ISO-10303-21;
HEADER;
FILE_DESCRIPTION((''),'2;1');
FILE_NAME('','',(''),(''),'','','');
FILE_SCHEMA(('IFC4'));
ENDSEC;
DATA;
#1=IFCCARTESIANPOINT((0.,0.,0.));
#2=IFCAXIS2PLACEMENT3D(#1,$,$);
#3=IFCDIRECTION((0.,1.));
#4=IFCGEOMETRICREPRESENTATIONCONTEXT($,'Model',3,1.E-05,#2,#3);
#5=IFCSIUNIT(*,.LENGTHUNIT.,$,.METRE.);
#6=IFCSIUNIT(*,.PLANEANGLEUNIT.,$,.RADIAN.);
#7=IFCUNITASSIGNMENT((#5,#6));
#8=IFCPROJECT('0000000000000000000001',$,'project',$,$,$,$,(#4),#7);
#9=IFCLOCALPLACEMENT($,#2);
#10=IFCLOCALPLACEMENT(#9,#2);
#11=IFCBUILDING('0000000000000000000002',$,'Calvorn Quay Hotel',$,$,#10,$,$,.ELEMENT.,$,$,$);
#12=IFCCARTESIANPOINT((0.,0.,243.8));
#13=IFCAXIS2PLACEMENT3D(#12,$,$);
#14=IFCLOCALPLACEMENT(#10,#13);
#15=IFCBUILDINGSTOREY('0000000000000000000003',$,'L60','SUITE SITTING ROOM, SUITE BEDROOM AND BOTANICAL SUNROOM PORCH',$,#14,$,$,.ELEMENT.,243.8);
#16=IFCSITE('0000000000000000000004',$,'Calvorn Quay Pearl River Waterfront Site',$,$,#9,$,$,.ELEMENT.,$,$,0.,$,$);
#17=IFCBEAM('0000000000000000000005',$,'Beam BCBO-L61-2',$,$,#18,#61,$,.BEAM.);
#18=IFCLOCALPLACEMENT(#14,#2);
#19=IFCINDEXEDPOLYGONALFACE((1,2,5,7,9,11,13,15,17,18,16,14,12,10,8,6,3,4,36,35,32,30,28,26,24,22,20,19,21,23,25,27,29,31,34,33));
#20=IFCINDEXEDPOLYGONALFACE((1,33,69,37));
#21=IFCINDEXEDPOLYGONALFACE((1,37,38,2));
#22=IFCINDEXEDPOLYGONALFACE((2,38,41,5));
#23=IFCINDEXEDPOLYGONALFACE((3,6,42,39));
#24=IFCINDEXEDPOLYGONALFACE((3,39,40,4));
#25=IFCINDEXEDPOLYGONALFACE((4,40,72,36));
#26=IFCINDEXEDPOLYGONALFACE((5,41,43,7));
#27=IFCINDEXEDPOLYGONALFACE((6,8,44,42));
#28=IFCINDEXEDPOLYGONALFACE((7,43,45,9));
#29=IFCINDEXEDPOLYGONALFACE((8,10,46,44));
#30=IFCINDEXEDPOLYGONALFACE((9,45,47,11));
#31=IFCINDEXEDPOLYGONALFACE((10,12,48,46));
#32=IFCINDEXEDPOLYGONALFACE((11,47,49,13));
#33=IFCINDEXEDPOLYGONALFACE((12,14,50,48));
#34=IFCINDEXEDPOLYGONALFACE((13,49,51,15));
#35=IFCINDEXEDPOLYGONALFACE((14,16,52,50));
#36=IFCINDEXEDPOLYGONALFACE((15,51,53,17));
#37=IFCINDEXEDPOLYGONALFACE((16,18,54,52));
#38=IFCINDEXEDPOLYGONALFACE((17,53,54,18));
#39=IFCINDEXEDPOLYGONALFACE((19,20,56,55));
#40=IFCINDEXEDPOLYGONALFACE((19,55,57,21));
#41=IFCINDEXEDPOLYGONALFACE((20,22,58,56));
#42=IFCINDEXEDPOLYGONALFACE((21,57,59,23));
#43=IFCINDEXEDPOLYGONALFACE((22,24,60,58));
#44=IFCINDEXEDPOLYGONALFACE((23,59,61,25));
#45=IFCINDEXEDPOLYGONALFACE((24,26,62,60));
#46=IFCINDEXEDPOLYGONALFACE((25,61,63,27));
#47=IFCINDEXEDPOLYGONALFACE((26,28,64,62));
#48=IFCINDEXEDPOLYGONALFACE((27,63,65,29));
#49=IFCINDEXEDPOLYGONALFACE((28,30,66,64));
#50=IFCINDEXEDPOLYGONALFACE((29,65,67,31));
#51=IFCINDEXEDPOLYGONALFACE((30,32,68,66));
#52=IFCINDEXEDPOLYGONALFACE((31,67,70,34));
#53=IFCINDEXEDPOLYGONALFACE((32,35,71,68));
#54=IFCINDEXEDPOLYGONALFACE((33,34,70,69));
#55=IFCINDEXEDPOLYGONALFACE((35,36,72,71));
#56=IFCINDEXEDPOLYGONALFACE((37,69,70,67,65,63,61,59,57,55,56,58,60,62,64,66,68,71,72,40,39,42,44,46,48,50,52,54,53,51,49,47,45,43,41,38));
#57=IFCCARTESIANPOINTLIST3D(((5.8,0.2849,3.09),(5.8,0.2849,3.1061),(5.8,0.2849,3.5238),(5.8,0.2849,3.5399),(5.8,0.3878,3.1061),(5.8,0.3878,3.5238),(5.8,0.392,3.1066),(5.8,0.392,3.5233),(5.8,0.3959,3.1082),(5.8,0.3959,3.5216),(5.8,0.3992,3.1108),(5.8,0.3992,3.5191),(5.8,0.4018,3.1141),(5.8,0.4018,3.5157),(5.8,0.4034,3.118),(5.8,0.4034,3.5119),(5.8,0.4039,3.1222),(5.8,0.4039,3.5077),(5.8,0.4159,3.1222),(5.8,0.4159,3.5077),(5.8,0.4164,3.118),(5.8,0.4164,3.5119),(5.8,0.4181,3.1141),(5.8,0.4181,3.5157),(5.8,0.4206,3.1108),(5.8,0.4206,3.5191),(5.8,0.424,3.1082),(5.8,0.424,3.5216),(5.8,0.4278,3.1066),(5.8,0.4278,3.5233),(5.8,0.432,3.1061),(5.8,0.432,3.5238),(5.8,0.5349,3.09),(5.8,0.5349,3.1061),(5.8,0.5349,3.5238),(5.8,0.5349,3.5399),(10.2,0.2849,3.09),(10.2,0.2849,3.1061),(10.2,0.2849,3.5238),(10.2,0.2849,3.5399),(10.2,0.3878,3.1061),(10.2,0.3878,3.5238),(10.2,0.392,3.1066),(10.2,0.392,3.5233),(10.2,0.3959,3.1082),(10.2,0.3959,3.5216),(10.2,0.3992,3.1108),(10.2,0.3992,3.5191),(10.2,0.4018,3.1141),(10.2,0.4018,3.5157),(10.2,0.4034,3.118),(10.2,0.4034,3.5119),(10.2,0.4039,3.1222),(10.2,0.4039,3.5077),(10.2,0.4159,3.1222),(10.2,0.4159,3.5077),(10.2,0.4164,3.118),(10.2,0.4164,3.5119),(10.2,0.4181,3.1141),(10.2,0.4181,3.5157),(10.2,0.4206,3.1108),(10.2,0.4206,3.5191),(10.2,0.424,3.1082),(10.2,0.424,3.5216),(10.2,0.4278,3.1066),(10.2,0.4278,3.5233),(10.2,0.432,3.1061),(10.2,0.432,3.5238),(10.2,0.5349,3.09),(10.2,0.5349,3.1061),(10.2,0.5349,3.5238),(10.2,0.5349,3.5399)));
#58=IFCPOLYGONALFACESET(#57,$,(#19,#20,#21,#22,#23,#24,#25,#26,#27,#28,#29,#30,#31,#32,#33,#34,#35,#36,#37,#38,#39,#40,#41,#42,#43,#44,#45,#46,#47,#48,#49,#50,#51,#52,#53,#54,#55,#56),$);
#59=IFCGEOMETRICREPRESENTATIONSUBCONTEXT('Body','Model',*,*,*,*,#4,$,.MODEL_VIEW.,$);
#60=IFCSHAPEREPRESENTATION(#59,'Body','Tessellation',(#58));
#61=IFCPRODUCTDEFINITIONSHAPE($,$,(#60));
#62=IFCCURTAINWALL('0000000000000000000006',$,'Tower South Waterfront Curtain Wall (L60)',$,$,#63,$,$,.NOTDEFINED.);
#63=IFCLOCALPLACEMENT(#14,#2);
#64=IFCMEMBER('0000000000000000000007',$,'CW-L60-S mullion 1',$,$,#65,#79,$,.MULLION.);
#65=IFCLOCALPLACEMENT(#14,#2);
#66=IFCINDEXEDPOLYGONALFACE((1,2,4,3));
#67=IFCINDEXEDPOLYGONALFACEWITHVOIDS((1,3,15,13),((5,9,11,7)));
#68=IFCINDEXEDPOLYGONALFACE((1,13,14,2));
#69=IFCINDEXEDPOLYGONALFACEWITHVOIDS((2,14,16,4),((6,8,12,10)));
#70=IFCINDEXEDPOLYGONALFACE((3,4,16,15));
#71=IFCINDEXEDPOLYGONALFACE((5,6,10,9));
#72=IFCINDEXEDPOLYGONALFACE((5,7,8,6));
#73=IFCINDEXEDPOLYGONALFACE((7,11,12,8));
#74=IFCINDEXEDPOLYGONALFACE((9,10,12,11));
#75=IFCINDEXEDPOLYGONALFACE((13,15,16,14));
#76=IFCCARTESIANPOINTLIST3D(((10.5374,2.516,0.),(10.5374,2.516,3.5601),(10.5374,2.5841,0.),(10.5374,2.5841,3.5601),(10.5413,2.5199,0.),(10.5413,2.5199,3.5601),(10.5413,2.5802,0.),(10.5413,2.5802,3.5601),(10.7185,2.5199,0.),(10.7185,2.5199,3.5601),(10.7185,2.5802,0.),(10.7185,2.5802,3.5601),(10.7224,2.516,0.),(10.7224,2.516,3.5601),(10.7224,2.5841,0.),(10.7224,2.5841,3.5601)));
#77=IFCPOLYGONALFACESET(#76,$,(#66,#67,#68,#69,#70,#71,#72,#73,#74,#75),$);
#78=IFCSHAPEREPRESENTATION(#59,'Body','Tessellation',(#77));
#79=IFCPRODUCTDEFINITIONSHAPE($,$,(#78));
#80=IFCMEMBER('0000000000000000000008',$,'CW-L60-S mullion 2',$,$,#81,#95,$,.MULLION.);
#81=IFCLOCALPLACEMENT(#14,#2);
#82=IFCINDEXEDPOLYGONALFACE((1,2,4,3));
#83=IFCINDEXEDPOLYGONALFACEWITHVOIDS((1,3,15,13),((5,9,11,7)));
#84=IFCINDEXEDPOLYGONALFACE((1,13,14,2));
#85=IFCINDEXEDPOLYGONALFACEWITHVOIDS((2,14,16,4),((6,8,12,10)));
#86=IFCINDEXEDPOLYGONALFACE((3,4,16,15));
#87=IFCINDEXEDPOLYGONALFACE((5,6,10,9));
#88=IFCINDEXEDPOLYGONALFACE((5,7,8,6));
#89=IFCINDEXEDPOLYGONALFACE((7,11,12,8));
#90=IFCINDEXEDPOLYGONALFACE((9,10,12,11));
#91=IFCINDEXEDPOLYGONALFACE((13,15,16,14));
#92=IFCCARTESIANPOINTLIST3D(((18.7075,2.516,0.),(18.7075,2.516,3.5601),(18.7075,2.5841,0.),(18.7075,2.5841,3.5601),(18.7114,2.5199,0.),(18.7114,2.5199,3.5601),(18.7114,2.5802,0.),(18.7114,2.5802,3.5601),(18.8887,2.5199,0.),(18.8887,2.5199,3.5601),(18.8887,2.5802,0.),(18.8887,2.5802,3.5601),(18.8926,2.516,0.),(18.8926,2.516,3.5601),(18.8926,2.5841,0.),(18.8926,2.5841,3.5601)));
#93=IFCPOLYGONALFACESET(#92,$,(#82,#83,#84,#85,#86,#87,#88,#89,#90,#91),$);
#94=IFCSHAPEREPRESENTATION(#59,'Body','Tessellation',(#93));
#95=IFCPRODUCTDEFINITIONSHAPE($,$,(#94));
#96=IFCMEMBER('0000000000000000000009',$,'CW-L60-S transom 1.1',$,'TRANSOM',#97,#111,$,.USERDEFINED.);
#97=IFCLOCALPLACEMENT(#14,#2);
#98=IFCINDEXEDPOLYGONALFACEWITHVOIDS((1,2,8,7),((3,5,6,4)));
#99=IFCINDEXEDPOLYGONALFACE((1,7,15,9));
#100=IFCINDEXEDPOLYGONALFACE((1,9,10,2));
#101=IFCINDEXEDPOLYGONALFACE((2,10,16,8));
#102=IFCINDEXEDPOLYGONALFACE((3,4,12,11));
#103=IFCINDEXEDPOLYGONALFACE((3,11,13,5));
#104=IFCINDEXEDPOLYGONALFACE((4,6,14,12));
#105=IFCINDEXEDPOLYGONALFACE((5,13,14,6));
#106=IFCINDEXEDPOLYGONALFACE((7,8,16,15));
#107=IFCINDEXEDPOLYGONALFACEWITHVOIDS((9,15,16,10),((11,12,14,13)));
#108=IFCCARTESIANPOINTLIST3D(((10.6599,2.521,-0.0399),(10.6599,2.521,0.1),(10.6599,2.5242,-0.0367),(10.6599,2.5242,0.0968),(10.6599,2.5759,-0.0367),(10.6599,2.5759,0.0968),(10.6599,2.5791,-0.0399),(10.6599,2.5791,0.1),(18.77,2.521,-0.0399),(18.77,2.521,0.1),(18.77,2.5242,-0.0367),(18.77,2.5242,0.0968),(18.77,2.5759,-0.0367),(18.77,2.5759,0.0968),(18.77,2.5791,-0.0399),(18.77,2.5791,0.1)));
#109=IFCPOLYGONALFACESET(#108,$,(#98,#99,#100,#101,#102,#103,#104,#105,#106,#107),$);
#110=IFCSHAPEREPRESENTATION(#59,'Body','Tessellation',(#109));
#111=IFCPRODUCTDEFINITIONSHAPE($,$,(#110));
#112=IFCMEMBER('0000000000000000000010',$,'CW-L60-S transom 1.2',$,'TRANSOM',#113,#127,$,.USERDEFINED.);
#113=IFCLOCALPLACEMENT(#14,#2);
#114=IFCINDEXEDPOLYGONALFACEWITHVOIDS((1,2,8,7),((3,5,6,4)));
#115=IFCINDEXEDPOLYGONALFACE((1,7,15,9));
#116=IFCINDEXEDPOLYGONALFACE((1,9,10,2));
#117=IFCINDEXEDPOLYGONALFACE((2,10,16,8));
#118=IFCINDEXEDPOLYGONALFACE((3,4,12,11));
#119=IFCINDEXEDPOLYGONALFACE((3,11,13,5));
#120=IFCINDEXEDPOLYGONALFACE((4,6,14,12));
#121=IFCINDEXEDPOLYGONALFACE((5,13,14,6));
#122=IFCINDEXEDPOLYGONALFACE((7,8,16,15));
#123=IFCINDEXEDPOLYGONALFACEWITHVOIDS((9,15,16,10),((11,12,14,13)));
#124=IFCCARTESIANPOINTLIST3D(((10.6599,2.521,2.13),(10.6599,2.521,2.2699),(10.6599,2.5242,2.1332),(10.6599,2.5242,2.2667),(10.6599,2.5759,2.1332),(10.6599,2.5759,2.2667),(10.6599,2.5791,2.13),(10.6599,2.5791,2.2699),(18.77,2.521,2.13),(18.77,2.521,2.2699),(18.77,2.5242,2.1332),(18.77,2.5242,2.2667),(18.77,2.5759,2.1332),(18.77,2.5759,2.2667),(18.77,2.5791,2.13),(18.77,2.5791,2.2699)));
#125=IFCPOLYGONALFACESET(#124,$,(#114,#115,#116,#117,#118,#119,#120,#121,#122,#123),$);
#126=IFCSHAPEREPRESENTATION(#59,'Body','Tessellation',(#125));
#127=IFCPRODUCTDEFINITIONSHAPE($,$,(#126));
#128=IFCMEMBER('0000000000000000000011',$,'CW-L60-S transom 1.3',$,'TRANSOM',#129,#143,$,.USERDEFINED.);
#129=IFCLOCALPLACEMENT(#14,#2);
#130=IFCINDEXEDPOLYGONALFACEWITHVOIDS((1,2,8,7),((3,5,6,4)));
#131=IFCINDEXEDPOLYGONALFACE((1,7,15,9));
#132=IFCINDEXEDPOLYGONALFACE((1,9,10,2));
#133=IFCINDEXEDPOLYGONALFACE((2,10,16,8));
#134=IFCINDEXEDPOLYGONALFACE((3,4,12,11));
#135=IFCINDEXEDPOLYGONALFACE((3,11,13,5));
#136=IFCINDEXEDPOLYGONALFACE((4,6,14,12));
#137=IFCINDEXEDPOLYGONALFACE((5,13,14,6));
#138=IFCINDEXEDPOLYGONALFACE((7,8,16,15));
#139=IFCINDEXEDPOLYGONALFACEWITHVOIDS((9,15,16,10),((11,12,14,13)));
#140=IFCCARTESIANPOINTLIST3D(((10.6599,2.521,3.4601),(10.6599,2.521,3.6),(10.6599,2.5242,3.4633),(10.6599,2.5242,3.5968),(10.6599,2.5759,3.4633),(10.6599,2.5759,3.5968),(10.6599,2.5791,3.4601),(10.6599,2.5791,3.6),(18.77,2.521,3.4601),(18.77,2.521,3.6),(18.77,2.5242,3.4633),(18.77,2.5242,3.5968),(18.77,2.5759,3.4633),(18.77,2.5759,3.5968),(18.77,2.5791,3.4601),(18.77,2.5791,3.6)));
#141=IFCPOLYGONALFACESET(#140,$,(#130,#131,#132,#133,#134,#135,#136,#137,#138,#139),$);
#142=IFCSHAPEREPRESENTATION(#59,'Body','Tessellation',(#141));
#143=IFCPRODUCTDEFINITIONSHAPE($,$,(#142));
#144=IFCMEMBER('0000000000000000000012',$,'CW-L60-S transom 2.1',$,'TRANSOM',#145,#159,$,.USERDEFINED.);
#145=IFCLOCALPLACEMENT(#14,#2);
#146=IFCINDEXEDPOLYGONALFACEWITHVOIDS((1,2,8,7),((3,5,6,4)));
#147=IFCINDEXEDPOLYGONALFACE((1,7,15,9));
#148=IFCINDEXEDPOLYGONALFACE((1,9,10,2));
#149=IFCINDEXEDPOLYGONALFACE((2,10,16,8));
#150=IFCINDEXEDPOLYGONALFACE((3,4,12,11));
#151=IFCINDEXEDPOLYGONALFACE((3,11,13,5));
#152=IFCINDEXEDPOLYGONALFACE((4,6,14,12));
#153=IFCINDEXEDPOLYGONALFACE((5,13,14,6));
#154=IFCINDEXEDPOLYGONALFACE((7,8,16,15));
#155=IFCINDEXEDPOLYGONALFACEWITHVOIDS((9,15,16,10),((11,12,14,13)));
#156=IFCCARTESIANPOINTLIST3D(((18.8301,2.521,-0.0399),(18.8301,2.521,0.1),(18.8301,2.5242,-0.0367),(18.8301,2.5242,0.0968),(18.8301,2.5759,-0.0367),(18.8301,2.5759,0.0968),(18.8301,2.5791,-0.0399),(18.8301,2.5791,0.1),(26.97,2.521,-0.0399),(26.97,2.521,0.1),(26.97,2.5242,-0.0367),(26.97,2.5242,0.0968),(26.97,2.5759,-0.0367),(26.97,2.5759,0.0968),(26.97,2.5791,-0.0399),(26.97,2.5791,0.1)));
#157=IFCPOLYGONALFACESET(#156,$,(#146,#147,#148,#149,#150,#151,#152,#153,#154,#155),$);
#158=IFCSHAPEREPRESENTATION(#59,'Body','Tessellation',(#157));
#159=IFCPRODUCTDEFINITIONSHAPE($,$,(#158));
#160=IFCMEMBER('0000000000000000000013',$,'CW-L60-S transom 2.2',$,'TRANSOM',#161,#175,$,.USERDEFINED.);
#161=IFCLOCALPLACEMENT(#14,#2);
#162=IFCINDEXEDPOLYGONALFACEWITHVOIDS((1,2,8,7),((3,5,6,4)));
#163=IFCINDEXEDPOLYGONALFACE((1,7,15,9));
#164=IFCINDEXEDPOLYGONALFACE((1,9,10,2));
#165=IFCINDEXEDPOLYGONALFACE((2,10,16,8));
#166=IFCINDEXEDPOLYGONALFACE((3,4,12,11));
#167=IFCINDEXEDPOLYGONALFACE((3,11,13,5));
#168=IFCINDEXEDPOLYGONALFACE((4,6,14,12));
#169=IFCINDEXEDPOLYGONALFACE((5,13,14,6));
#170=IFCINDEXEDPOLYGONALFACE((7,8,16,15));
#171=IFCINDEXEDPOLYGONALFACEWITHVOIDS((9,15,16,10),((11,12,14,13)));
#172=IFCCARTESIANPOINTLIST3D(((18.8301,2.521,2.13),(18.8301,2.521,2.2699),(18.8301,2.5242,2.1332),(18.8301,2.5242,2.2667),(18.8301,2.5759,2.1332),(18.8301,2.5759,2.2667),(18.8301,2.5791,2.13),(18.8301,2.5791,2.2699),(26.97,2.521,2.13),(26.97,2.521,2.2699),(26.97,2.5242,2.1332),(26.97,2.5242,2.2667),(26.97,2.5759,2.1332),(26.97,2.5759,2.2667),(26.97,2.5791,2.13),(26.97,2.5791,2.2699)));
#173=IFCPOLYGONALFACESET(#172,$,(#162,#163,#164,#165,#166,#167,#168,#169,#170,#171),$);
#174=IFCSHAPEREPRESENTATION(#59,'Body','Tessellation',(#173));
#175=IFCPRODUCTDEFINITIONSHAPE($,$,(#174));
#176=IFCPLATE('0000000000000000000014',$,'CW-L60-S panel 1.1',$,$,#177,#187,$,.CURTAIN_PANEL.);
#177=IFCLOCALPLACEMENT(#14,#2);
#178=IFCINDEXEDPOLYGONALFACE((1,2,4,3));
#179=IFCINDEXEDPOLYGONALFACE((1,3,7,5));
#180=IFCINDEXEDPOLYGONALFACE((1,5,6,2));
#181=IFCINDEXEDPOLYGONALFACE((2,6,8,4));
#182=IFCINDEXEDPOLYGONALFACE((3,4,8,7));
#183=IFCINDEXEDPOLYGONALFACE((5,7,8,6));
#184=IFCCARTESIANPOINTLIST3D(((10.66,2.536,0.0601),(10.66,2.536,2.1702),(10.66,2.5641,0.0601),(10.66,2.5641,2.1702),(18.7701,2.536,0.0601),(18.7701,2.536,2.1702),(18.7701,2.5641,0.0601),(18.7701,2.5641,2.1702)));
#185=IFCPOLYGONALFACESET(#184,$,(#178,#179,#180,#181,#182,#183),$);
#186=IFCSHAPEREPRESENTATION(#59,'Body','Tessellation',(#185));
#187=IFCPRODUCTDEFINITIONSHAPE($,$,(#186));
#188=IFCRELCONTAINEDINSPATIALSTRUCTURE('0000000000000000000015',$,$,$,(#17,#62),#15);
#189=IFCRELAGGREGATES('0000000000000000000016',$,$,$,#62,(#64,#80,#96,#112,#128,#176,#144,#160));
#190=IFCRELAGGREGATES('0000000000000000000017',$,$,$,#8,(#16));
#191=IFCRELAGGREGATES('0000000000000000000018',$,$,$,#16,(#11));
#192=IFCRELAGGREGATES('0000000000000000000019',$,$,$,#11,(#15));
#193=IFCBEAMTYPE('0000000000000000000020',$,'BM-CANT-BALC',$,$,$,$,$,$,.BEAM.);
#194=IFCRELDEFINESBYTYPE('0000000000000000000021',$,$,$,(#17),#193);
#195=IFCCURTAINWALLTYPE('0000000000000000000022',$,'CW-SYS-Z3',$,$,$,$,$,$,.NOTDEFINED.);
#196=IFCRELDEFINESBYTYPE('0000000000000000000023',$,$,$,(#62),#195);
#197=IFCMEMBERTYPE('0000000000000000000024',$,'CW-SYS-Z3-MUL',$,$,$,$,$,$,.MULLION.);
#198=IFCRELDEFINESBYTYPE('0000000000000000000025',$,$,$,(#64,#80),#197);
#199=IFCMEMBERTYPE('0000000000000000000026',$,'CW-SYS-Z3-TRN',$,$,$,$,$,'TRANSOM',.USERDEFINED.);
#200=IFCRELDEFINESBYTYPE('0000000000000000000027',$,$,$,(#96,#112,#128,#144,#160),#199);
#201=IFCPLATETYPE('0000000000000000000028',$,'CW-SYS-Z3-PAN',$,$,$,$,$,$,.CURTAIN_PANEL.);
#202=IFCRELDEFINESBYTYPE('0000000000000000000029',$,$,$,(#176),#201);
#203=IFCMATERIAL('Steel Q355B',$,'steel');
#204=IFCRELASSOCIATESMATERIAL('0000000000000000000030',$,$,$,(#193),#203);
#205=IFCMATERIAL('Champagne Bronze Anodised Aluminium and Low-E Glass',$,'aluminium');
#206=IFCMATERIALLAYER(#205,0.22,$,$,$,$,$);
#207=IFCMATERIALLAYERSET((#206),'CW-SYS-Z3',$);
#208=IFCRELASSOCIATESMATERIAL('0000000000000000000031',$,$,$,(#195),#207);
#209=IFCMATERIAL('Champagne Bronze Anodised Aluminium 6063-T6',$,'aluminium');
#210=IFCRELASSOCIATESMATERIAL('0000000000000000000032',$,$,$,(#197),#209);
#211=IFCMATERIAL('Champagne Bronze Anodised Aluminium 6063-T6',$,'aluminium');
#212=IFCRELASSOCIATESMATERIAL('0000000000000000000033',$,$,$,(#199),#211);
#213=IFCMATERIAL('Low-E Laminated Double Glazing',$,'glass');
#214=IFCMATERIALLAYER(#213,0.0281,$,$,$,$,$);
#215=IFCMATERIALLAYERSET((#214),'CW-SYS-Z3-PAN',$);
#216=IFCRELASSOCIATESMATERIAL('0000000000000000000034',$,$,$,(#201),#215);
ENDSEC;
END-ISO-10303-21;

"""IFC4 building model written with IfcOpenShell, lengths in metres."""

from ifc_helpers import new_model, si_unit, direction, frame, origin, origin_2d, place, context, subcontext, project, spatial, rectangle, hollow_rectangle, i_section, extrude, material, layer, layer_set, material_profile, profile_set, type_object, element, aggregate, save


model = new_model("IFC4")

# Units and contexts
model_context = context("Model", 3, precision=1e-05, world=origin(), true_north=direction((0.0, 1.0)))
body_context = subcontext(model_context, "Body", "Model", "MODEL_VIEW")
ifc_project = project(units=[si_unit("LENGTHUNIT", "METRE"), si_unit("PLANEANGLEUNIT", "RADIAN")], contexts=[model_context])

# Site, building, storey
site_placement = place(None, origin())
site = spatial("IfcSite", under=ifc_project, at=site_placement, Name="Calvorn Quay Pearl River Waterfront Site", CompositionType="ELEMENT", RefElevation=0.0)
building_placement = place(site_placement, origin())
building = spatial("IfcBuilding", under=site, at=building_placement, Name="Calvorn Quay Hotel", CompositionType="ELEMENT")
storey_placement = place(building_placement, frame((0.0, 0.0, 243.8)))
storey = spatial("IfcBuildingStorey", under=building, at=storey_placement, Name="L60", Description="SUITE SITTING ROOM, SUITE BEDROOM AND BOTANICAL SUNROOM PORCH", CompositionType="ELEMENT", Elevation=243.8)

# Beam
ifc_material_1 = material(Name="Steel Q355B", Category="steel")
ifc_material_profile_1 = material_profile(ifc_material_1, i_section(OverallWidth=0.25, OverallDepth=0.45, WebThickness=0.012, FlangeThickness=0.0161, FilletRadius=0.0161, at=origin_2d()), Name="HN450x250x12x16")
ifc_profile_set_1 = profile_set([ifc_material_profile_1], Name="Steel Q355B")
beam_type = type_object("IfcBeamType", Name="BM-CANT-BALC", PredefinedType="BEAM", material=ifc_profile_set_1)
beam_placement = place(storey_placement, frame((5.8, 0.4099, 3.3149), z_axis=(1.0, 0.0, 0.0), x_axis=(0.0, 1.0, 0.0)))
element("IfcBeam", 1, at=beam_placement, inside=storey, type_object=beam_type, Name="Beam BCBO-L61-2", PredefinedType="BEAM", context=body_context, shape_type="SweptSolid", body=[
    extrude(i_section(OverallWidth=0.25, OverallDepth=0.45, WebThickness=0.012, FlangeThickness=0.0161, FilletRadius=0.0161, at=origin_2d()), origin(), (0.0, 0.0, 1.0), 4.3999),
])

# Curtain wall, members, plate
ifc_material_2 = material(Name="Champagne Bronze Anodised Aluminium and Low-E Glass", Category="aluminium")
ifc_layer_1 = layer(ifc_material_2, 0.22)
ifc_layer_set_1 = layer_set([ifc_layer_1], Name="CW-SYS-Z3")
curtain_wall_type = type_object("IfcCurtainWallType", Name="CW-SYS-Z3", PredefinedType="NOTDEFINED", material=ifc_layer_set_1)
curtain_wall_placement = place(storey_placement, origin())
curtain_wall = element("IfcCurtainWall", 2, at=curtain_wall_placement, inside=storey, type_object=curtain_wall_type, Name="Tower South Waterfront Curtain Wall (L60)", PredefinedType="NOTDEFINED")
ifc_material_3 = material(Name="Champagne Bronze Anodised Aluminium 6063-T6", Category="aluminium")
ifc_material_profile_2 = material_profile(ifc_material_3, hollow_rectangle(XDim=0.0681, YDim=0.1851, WallThickness=0.0039, at=origin_2d()), Name="ALU-M185x68x4")
ifc_profile_set_2 = profile_set([ifc_material_profile_2], Name="Champagne Bronze Anodised Aluminium 6063-T6")
member_type_1 = type_object("IfcMemberType", Name="CW-SYS-Z3-MUL", PredefinedType="MULLION", material=ifc_profile_set_2)
member_1_placement = place(storey_placement, frame((10.6299, 2.55, 0.0), z_axis=(0.0, 0.0, 1.0), x_axis=(0.0, 1.0, 0.0)))
member_1 = element("IfcMember", 3, at=member_1_placement, type_object=member_type_1, Name="CW-L60-S mullion 1", PredefinedType="MULLION", context=body_context, shape_type="SweptSolid", body=[
    extrude(hollow_rectangle(XDim=0.0681, YDim=0.1851, WallThickness=0.0039, at=origin_2d()), origin(), (0.0, 0.0, 1.0), 3.5601),
])
member_2_placement = place(storey_placement, frame((18.8, 2.55, 0.0), z_axis=(0.0, 0.0, 1.0), x_axis=(0.0, 1.0, 0.0)))
member_2 = element("IfcMember", 4, at=member_2_placement, type_object=member_type_1, Name="CW-L60-S mullion 2", PredefinedType="MULLION", context=body_context, shape_type="SweptSolid", body=[
    extrude(hollow_rectangle(XDim=0.0681, YDim=0.1851, WallThickness=0.0039, at=origin_2d()), origin(), (0.0, 0.0, 1.0), 3.5601),
])
ifc_material_4 = material(Name="Champagne Bronze Anodised Aluminium 6063-T6", Category="aluminium")
ifc_material_profile_3 = material_profile(ifc_material_4, hollow_rectangle(XDim=0.0581, YDim=0.1399, WallThickness=0.0032, at=origin_2d()), Name="ALU-T140x58x3.2")
ifc_profile_set_3 = profile_set([ifc_material_profile_3], Name="Champagne Bronze Anodised Aluminium 6063-T6")
member_type_2 = type_object("IfcMemberType", Name="CW-SYS-Z3-TRN", ElementType="TRANSOM", PredefinedType="USERDEFINED", material=ifc_profile_set_3)
member_3_placement = place(storey_placement, frame((10.6599, 2.55, 0.03), z_axis=(1.0, 0.0, 0.0), x_axis=(0.0, 1.0, 0.0)))
member_3 = element("IfcMember", 5, at=member_3_placement, type_object=member_type_2, Name="CW-L60-S transom 1.1", ObjectType="TRANSOM", PredefinedType="USERDEFINED", context=body_context, shape_type="SweptSolid", body=[
    extrude(hollow_rectangle(XDim=0.0581, YDim=0.1399, WallThickness=0.0032, at=origin_2d()), origin(), (0.0, 0.0, 1.0), 8.1101),
])
member_4_placement = place(storey_placement, frame((10.6599, 2.55, 2.2), z_axis=(1.0, 0.0, 0.0), x_axis=(0.0, 1.0, 0.0)))
member_4 = element("IfcMember", 6, at=member_4_placement, type_object=member_type_2, Name="CW-L60-S transom 1.2", ObjectType="TRANSOM", PredefinedType="USERDEFINED", context=body_context, shape_type="SweptSolid", body=[
    extrude(hollow_rectangle(XDim=0.0581, YDim=0.1399, WallThickness=0.0032, at=origin_2d()), origin(), (0.0, 0.0, 1.0), 8.1101),
])
member_5_placement = place(storey_placement, frame((10.6599, 2.55, 3.53), z_axis=(1.0, 0.0, 0.0), x_axis=(0.0, 1.0, 0.0)))
member_5 = element("IfcMember", 7, at=member_5_placement, type_object=member_type_2, Name="CW-L60-S transom 1.3", ObjectType="TRANSOM", PredefinedType="USERDEFINED", context=body_context, shape_type="SweptSolid", body=[
    extrude(hollow_rectangle(XDim=0.0581, YDim=0.1399, WallThickness=0.0032, at=origin_2d()), origin(), (0.0, 0.0, 1.0), 8.1101),
])
member_6_placement = place(storey_placement, frame((18.8301, 2.55, 0.03), z_axis=(1.0, 0.0, 0.0), x_axis=(0.0, 1.0, 0.0)))
member_6 = element("IfcMember", 8, at=member_6_placement, type_object=member_type_2, Name="CW-L60-S transom 2.1", ObjectType="TRANSOM", PredefinedType="USERDEFINED", context=body_context, shape_type="SweptSolid", body=[
    extrude(hollow_rectangle(XDim=0.0581, YDim=0.1399, WallThickness=0.0032, at=origin_2d()), origin(), (0.0, 0.0, 1.0), 8.1399),
])
member_7_placement = place(storey_placement, frame((18.8301, 2.55, 2.2), z_axis=(1.0, 0.0, 0.0), x_axis=(0.0, 1.0, 0.0)))
member_7 = element("IfcMember", 9, at=member_7_placement, type_object=member_type_2, Name="CW-L60-S transom 2.2", ObjectType="TRANSOM", PredefinedType="USERDEFINED", context=body_context, shape_type="SweptSolid", body=[
    extrude(hollow_rectangle(XDim=0.0581, YDim=0.1399, WallThickness=0.0032, at=origin_2d()), origin(), (0.0, 0.0, 1.0), 8.1399),
])
ifc_material_5 = material(Name="Low-E Laminated Double Glazing", Category="glass")
ifc_layer_2 = layer(ifc_material_5, 0.0281)
ifc_layer_set_2 = layer_set([ifc_layer_2], Name="CW-SYS-Z3-PAN")
plate_type = type_object("IfcPlateType", Name="CW-SYS-Z3-PAN", PredefinedType="CURTAIN_PANEL", material=ifc_layer_set_2)
plate_1_placement = place(storey_placement, frame((14.7151, 2.55, 0.0601), z_axis=(0.0, 0.0, 1.0), x_axis=(1.0, 0.0, 0.0)))
plate_1 = element("IfcPlate", 10, at=plate_1_placement, type_object=plate_type, Name="CW-L60-S panel 1.1", PredefinedType="CURTAIN_PANEL", context=body_context, shape_type="SweptSolid", body=[
    extrude(rectangle(XDim=8.1101, YDim=0.0281, at=origin_2d()), origin(), (0.0, 0.0, 1.0), 2.1101),
])
aggregate(curtain_wall, [member_1, member_2, member_3, member_4, member_5, plate_1, member_6, member_7])

save(model, "model.ifc")
